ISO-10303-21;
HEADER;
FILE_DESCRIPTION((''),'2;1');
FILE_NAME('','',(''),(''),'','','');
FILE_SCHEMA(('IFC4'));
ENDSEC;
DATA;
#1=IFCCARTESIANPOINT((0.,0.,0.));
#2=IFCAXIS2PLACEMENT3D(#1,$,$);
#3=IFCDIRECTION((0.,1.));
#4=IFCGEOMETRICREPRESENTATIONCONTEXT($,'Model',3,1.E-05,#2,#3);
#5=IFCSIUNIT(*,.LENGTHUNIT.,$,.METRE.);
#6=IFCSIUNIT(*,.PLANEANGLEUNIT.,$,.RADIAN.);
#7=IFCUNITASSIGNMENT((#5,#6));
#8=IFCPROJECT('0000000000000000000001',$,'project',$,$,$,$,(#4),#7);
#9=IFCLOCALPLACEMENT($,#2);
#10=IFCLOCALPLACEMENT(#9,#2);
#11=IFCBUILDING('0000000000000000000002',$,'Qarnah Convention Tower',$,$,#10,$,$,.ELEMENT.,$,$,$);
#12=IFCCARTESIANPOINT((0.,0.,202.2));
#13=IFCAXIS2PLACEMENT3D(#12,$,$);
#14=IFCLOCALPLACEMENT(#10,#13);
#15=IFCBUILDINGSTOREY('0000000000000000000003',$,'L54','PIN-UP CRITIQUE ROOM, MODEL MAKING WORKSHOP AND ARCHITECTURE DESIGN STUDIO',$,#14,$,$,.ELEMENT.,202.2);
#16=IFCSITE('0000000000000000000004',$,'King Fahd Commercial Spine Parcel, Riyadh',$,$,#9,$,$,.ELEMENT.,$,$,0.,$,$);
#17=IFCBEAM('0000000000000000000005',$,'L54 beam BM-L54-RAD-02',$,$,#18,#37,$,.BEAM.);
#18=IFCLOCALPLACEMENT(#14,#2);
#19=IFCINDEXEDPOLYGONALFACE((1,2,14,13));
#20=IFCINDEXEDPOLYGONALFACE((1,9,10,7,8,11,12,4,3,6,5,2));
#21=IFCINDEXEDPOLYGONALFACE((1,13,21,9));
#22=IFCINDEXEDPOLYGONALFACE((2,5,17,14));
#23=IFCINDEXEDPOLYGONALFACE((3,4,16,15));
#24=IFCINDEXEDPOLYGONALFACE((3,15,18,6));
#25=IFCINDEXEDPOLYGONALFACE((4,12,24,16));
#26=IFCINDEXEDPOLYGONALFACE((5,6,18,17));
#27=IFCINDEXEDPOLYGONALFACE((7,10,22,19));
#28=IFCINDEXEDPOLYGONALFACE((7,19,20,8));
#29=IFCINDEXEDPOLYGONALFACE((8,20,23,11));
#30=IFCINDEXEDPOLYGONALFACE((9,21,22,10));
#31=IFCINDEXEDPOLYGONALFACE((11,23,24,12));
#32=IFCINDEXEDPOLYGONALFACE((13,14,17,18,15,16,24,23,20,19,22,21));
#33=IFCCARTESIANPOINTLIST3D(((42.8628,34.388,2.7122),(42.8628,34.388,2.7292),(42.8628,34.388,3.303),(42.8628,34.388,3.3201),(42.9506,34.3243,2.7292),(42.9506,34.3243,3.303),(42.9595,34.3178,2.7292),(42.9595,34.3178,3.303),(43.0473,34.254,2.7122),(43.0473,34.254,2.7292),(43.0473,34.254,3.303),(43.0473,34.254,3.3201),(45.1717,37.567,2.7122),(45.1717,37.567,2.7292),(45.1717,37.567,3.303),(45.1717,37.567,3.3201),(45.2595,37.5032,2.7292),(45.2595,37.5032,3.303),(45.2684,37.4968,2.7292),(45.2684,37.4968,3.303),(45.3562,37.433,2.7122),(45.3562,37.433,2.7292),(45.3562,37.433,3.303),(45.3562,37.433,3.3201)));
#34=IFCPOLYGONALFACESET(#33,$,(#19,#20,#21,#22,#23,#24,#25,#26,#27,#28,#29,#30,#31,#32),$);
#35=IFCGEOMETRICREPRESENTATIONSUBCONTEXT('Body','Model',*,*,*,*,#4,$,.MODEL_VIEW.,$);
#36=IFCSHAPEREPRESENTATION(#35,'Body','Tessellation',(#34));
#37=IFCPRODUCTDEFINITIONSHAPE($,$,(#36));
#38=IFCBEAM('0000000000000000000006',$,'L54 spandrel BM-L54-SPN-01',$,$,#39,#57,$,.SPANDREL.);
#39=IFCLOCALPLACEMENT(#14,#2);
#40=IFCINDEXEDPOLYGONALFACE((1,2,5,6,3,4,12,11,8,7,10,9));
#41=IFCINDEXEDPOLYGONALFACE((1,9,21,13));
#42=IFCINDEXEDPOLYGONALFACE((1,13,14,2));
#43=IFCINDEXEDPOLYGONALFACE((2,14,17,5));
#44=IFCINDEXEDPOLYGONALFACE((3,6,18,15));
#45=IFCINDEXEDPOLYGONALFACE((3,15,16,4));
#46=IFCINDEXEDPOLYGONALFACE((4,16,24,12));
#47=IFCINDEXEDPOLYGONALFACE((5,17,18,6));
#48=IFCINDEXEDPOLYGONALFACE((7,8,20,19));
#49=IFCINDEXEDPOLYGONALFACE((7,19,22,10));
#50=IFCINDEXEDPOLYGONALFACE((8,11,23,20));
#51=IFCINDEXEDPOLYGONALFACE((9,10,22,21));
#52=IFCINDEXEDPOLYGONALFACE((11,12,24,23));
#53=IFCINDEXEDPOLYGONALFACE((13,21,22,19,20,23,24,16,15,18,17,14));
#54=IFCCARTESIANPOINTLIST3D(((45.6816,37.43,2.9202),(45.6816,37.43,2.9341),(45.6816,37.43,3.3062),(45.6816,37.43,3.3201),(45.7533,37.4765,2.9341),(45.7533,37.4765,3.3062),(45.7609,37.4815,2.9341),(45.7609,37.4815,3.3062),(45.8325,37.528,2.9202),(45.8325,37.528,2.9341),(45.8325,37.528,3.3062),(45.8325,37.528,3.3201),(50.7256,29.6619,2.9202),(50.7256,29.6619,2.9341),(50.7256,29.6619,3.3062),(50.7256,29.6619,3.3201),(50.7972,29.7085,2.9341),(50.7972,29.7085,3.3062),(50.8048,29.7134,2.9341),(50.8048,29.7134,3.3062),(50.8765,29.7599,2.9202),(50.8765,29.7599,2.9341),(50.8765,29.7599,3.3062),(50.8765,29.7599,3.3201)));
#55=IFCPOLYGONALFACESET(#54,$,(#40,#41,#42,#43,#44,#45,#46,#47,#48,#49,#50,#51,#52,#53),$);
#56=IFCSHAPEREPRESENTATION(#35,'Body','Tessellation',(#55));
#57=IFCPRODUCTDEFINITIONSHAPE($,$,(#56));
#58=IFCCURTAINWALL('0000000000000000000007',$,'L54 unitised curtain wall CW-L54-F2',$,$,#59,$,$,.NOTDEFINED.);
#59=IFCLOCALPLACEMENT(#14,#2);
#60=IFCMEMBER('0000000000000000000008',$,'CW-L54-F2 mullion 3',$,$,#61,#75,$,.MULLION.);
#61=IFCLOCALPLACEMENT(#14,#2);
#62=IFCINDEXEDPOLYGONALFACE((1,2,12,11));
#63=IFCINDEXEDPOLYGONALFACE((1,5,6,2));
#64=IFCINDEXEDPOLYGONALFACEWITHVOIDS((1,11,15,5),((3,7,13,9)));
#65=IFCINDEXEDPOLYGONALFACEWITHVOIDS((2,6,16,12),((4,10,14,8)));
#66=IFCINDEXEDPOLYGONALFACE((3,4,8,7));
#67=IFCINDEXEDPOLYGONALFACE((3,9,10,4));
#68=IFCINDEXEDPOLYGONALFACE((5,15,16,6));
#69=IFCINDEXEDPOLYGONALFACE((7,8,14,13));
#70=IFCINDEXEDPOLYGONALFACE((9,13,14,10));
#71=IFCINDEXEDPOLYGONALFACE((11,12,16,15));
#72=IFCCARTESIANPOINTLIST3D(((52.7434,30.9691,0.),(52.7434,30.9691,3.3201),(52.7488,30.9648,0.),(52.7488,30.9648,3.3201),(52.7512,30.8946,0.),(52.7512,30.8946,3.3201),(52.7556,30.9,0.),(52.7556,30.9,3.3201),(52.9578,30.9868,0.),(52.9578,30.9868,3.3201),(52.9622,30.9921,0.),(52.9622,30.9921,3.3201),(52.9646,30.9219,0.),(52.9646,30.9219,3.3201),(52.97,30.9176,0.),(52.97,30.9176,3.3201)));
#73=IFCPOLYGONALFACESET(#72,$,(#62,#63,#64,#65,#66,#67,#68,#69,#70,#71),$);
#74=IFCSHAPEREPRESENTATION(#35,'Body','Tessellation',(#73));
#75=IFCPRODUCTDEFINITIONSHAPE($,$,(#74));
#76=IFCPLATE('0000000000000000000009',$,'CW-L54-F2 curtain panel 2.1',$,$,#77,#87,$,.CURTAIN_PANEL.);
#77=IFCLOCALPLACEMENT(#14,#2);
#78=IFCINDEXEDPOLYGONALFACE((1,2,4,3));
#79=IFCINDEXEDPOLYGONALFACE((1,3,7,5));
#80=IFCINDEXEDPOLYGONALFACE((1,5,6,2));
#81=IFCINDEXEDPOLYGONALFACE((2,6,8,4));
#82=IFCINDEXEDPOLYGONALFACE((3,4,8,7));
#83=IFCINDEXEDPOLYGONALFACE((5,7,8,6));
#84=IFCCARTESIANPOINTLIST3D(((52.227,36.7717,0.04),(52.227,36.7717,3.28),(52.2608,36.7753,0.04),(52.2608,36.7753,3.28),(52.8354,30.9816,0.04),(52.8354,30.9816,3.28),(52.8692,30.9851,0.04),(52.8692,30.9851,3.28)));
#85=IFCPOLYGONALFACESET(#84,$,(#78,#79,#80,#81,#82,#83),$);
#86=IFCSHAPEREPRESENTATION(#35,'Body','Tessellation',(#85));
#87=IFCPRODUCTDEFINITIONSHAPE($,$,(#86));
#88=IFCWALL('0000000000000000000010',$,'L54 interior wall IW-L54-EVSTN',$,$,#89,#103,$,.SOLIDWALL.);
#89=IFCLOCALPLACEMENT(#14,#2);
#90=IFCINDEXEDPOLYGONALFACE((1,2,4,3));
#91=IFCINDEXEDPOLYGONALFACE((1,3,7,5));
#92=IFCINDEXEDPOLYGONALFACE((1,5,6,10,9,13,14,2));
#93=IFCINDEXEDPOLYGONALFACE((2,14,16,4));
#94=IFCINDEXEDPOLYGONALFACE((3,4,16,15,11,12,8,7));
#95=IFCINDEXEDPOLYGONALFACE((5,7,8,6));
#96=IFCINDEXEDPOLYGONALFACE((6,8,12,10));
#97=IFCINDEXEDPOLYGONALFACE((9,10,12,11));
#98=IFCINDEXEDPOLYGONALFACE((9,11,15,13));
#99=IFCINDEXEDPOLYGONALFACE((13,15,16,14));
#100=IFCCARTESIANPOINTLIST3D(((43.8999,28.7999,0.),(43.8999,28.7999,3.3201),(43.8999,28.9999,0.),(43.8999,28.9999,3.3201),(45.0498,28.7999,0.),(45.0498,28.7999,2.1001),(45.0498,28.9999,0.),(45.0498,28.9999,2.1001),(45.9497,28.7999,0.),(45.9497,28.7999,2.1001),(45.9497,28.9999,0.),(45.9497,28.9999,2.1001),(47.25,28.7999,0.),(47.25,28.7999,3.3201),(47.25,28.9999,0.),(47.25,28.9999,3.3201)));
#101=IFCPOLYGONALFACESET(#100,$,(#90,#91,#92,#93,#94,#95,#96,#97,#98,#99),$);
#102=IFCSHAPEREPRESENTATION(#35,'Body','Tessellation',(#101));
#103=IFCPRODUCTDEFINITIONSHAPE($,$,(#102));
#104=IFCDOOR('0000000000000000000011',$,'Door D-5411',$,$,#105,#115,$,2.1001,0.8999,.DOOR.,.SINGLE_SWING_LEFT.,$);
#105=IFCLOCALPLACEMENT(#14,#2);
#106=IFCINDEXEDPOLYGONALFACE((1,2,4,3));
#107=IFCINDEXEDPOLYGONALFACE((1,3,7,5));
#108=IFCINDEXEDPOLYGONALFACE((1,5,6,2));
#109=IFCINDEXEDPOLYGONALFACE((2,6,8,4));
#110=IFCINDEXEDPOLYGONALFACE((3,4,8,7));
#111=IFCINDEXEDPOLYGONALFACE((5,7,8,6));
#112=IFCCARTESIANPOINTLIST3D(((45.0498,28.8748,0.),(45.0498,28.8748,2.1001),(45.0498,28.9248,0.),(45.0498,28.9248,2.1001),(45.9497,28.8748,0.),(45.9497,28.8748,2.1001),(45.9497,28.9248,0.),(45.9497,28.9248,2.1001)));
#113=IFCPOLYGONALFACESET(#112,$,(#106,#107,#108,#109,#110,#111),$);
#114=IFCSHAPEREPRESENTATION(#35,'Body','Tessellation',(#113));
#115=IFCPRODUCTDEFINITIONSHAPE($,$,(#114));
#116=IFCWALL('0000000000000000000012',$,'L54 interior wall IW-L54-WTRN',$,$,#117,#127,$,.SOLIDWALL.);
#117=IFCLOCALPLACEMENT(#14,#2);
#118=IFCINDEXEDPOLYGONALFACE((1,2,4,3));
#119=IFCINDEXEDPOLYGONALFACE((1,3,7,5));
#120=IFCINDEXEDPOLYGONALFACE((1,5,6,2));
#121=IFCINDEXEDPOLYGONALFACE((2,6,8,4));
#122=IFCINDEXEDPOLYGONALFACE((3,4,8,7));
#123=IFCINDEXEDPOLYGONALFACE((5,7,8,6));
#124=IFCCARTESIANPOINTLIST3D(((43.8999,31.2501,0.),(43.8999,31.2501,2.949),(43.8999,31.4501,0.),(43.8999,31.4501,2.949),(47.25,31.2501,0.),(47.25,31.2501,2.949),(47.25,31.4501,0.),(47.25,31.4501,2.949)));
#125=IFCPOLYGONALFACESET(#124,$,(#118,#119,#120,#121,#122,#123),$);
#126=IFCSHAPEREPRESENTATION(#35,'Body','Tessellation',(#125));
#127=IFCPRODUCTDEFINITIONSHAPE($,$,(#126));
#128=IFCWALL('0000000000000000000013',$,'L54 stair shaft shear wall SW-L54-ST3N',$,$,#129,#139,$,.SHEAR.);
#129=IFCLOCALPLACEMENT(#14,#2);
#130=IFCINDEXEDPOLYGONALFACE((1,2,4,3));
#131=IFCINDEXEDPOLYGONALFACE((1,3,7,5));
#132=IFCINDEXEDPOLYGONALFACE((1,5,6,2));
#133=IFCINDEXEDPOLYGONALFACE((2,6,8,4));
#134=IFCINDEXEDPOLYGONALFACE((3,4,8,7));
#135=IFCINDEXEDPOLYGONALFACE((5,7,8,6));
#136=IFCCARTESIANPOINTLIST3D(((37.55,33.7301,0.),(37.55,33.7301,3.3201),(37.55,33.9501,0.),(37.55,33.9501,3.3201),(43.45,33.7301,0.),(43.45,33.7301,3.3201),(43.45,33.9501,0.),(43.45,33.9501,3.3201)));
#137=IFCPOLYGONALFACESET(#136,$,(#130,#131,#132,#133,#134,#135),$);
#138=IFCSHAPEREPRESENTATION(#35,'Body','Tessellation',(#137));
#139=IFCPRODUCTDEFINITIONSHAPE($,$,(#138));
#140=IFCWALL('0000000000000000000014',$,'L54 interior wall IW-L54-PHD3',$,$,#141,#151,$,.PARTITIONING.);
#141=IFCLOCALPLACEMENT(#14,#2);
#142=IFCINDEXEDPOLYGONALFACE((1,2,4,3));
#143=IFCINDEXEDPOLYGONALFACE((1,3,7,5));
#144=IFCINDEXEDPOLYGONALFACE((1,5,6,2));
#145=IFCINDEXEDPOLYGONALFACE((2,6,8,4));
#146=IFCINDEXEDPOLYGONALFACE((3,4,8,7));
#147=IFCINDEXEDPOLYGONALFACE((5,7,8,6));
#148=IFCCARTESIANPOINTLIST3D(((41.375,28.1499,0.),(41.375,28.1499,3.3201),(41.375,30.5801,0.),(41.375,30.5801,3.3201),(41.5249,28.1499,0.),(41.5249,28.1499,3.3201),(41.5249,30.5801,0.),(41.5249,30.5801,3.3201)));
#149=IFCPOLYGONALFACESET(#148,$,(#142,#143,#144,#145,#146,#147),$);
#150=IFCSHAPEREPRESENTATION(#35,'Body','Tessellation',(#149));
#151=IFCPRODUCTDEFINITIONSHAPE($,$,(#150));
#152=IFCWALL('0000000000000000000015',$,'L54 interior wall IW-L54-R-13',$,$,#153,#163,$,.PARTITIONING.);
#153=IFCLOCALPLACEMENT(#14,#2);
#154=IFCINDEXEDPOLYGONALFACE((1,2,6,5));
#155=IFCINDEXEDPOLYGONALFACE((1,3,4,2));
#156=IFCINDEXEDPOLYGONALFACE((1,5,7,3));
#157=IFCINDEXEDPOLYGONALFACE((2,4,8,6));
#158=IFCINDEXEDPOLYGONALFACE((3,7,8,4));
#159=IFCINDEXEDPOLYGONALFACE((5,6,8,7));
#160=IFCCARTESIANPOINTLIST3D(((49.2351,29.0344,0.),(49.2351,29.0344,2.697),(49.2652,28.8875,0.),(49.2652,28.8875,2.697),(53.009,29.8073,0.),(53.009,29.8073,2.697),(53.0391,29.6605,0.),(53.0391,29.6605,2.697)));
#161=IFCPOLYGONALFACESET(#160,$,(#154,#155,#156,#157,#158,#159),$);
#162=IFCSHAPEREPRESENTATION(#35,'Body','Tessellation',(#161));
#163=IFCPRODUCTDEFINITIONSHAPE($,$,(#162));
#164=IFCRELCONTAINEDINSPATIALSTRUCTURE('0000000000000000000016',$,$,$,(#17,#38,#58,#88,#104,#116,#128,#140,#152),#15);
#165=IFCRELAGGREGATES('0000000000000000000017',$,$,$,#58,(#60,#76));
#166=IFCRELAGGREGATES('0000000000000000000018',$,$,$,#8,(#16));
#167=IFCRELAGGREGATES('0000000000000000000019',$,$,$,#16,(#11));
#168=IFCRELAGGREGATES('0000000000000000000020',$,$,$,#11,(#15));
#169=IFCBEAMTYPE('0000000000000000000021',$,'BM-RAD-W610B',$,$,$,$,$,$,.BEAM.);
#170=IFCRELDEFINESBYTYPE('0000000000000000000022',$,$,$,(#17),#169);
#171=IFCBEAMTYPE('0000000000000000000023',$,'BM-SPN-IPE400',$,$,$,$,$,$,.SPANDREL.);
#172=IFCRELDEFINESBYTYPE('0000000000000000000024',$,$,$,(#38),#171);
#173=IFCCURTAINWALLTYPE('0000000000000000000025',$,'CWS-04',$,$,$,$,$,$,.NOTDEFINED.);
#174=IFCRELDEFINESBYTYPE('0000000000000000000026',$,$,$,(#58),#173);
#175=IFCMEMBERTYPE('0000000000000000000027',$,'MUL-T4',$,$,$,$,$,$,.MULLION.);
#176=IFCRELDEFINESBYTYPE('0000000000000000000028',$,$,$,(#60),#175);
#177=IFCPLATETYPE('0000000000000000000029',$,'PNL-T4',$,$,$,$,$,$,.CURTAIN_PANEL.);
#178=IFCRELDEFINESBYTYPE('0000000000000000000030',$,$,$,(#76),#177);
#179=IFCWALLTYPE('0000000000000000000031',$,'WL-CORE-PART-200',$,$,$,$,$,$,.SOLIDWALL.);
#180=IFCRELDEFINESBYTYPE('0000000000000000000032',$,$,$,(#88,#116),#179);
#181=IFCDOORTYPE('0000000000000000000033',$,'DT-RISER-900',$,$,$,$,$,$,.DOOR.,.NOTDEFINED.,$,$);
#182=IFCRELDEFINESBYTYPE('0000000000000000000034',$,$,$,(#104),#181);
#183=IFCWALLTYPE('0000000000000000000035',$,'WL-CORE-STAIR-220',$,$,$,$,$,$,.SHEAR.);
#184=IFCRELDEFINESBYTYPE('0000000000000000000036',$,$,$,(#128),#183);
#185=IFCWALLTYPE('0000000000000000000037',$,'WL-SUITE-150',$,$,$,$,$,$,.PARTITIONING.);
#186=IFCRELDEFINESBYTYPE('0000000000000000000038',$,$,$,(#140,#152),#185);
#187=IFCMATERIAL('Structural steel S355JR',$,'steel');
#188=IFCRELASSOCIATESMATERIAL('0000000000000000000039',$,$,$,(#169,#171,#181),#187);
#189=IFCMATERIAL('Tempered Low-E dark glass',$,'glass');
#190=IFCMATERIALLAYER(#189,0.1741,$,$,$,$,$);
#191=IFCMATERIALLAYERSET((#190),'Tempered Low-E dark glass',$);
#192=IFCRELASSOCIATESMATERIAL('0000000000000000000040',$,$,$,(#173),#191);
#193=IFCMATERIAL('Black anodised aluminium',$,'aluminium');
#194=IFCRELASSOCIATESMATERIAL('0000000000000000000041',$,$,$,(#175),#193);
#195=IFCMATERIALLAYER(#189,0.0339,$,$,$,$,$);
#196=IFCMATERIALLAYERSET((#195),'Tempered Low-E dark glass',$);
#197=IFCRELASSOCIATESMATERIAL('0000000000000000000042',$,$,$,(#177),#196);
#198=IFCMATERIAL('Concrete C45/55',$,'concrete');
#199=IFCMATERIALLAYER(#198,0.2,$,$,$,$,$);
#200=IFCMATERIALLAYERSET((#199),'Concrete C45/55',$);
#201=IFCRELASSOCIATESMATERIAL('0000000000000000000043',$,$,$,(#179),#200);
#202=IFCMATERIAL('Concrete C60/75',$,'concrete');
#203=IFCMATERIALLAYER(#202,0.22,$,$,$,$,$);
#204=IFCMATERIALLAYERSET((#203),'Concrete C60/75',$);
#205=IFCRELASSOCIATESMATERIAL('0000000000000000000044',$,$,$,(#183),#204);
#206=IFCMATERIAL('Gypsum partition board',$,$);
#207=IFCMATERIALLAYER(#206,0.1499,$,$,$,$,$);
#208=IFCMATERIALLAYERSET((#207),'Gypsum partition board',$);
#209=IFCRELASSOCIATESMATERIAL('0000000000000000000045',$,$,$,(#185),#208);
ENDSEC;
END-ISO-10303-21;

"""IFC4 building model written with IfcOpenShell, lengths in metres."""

from ifc_helpers import new_model, si_unit, direction, frame, frame_2d, origin, origin_2d, place, context, subcontext, project, spatial, rectangle, hollow_rectangle, i_section, extrude, material, layer, layer_set, material_profile, profile_set, type_object, element, fill, aggregate, save


model = new_model("IFC4")

# Units and contexts
model_context = context("Model", 3, precision=1e-05, world=origin(), true_north=direction((0.0, 1.0)))
body_context = subcontext(model_context, "Body", "Model", "MODEL_VIEW")
ifc_project = project(units=[si_unit("LENGTHUNIT", "METRE"), si_unit("PLANEANGLEUNIT", "RADIAN")], contexts=[model_context])

# Site, building, storey
site_placement = place(None, origin())
site = spatial("IfcSite", under=ifc_project, at=site_placement, Name="King Fahd Commercial Spine Parcel, Riyadh", CompositionType="ELEMENT", RefElevation=0.0)
building_placement = place(site_placement, origin())
building = spatial("IfcBuilding", under=site, at=building_placement, Name="Qarnah Convention Tower", CompositionType="ELEMENT")
storey_placement = place(building_placement, frame((0.0, 0.0, 202.2)))
storey = spatial("IfcBuildingStorey", under=building, at=storey_placement, Name="L54", Description="PIN-UP CRITIQUE ROOM, MODEL MAKING WORKSHOP AND ARCHITECTURE DESIGN STUDIO", CompositionType="ELEMENT", Elevation=202.2)

# Beams
ifc_material_1 = material(Name="Structural steel S355JR", Category="steel")
ifc_material_profile_1 = material_profile(ifc_material_1, i_section(OverallWidth=0.228, OverallDepth=0.6079, WebThickness=0.011, FlangeThickness=0.0171, at=origin_2d()), Name="W610X113")
ifc_profile_set_1 = profile_set([ifc_material_profile_1], Name="Structural steel S355JR")
beam_type_1 = type_object("IfcBeamType", Name="BM-RAD-W610B", PredefinedType="BEAM", material=ifc_profile_set_1)
beam_1_placement = place(storey_placement, frame((42.9551, 34.321, 3.0161), z_axis=(0.587651, 0.809115, 0.0), x_axis=(-0.809115, 0.587651, 0.0)))
element("IfcBeam", 1, at=beam_1_placement, inside=storey, type_object=beam_type_1, Name="L54 beam BM-L54-RAD-02", PredefinedType="BEAM", context=body_context, shape_type="SweptSolid", body=[
    extrude(i_section(OverallWidth=0.228, OverallDepth=0.6079, WebThickness=0.011, FlangeThickness=0.0171, at=origin_2d()), origin(), (0.0, 0.0, 1.0), 3.929),
])
ifc_material_profile_2 = material_profile(ifc_material_1, i_section(OverallWidth=0.1799, OverallDepth=0.3999, WebThickness=0.009, FlangeThickness=0.0139, at=origin_2d()), Name="IPE400")
ifc_profile_set_2 = profile_set([ifc_material_profile_2], Name="Structural steel S355JR")
beam_type_2 = type_object("IfcBeamType", Name="BM-SPN-IPE400", PredefinedType="SPANDREL", material=ifc_profile_set_2)
beam_2_placement = place(storey_placement, frame((50.801, 29.7109, 3.1201), z_axis=(-0.544586, 0.838705, 0.0), x_axis=(-0.838705, -0.544586, 0.0)))
element("IfcBeam", 2, at=beam_2_placement, inside=storey, type_object=beam_type_2, Name="L54 spandrel BM-L54-SPN-01", PredefinedType="SPANDREL", context=body_context, shape_type="SweptSolid", body=[
    extrude(i_section(OverallWidth=0.1799, OverallDepth=0.3999, WebThickness=0.009, FlangeThickness=0.0139, at=origin_2d()), origin(), (0.0, 0.0, 1.0), 9.262),
])

# Curtain wall, member, plate
ifc_material_2 = material(Name="Tempered Low-E dark glass", Category="glass")
ifc_layer_1 = layer(ifc_material_2, 0.1741)
ifc_layer_set_1 = layer_set([ifc_layer_1], Name="Tempered Low-E dark glass")
curtain_wall_type = type_object("IfcCurtainWallType", Name="CWS-04", PredefinedType="NOTDEFINED", material=ifc_layer_set_1)
curtain_wall_placement = place(storey_placement, origin())
curtain_wall = element("IfcCurtainWall", 3, at=curtain_wall_placement, inside=storey, type_object=curtain_wall_type, Name="L54 unitised curtain wall CW-L54-F2", PredefinedType="NOTDEFINED")
ifc_material_3 = material(Name="Black anodised aluminium", Category="aluminium")
ifc_material_profile_3 = material_profile(ifc_material_3, hollow_rectangle(XDim=0.075, YDim=0.22, WallThickness=0.0049, at=origin_2d()), Name="MUL-75X220")
ifc_profile_set_3 = profile_set([ifc_material_profile_3], Name="Black anodised aluminium")
member_type = type_object("IfcMemberType", Name="MUL-T4", PredefinedType="MULLION", material=ifc_profile_set_3)
member_placement = place(storey_placement, frame((52.8567, 30.9434, 0.0), z_axis=(0.0, 0.0, 1.0), x_axis=(0.104505, -0.994524, 0.0)))
member = element("IfcMember", 4, at=member_placement, type_object=member_type, Name="CW-L54-F2 mullion 3", PredefinedType="MULLION", context=body_context, shape_type="SweptSolid", body=[
    extrude(hollow_rectangle(XDim=0.075, YDim=0.22, WallThickness=0.0049, at=origin_2d()), origin(), (0.0, 0.0, 1.0), 3.3201),
])
ifc_layer_2 = layer(ifc_material_2, 0.0339)
ifc_layer_set_2 = layer_set([ifc_layer_2], Name="Tempered Low-E dark glass")
plate_type = type_object("IfcPlateType", Name="PNL-T4", PredefinedType="CURTAIN_PANEL", material=ifc_layer_set_2)
plate_placement = place(storey_placement, frame((52.5481, 33.8784, 0.04), z_axis=(0.0, 0.0, 1.0), x_axis=(0.104505, -0.994524, 0.0)))
plate = element("IfcPlate", 5, at=plate_placement, type_object=plate_type, Name="CW-L54-F2 curtain panel 2.1", PredefinedType="CURTAIN_PANEL", context=body_context, shape_type="SweptSolid", body=[
    extrude(rectangle(XDim=5.822, YDim=0.0339, at=origin_2d()), origin(), (0.0, 0.0, 1.0), 3.24),
])
aggregate(curtain_wall, [member, plate])

# Wall, opening, door
ifc_material_4 = material(Name="Concrete C45/55", Category="concrete")
ifc_layer_3 = layer(ifc_material_4, 0.2)
ifc_layer_set_3 = layer_set([ifc_layer_3], Name="Concrete C45/55")
wall_type_1 = type_object("IfcWallType", Name="WL-CORE-PART-200", PredefinedType="SOLIDWALL", material=ifc_layer_set_3)
wall_1_placement = place(storey_placement, frame((43.8999, 28.8999, 0.0), z_axis=(0.0, 0.0, 1.0), x_axis=(1.0, 0.0, 0.0)))
wall_1 = element("IfcWall", 6, at=wall_1_placement, inside=storey, type_object=wall_type_1, Name="L54 interior wall IW-L54-EVSTN", PredefinedType="SOLIDWALL", context=body_context, shape_type="SweptSolid", body=[
    extrude(rectangle(XDim=3.3501, YDim=0.2, at=frame_2d((1.675, 0.0))), origin(), (0.0, 0.0, 1.0), 3.3201),
])
opening_1_placement = place(wall_1_placement, frame((1.1499, 0.0, 0.0)))
opening_1 = element("IfcOpeningElement", 7, at=opening_1_placement, cuts=wall_1, PredefinedType="OPENING", context=body_context, shape_type="SweptSolid", body=[
    extrude(rectangle(XDim=0.8999, YDim=2.1001, at=frame_2d((0.45, 1.05))), frame((0.0, 0.1099, 0.0), z_axis=(0.0, -1.0, 0.0), x_axis=(1.0, 0.0, 0.0)), (0.0, 0.0, 1.0), 0.22),
])
door_type_1 = type_object("IfcDoorType", Name="DT-RISER-900", OperationType="NOTDEFINED", PredefinedType="DOOR", material=ifc_material_1)
door_1_placement = place(opening_1_placement, origin())
door_1 = element("IfcDoor", 8, at=door_1_placement, inside=storey, type_object=door_type_1, Name="Door D-5411", OperationType="SINGLE_SWING_LEFT", OverallHeight=2.1001, OverallWidth=0.8999, PredefinedType="DOOR", context=body_context, shape_type="SweptSolid", body=[
    extrude(rectangle(XDim=0.8999, YDim=2.1001, at=frame_2d((0.45, 1.05))), frame((0.0, 0.0249, 0.0), z_axis=(0.0, -1.0, 0.0), x_axis=(1.0, 0.0, 0.0)), (0.0, 0.0, 1.0), 0.05),
])
fill(opening_1, door_1)

# Walls
wall_2_placement = place(storey_placement, frame((43.8999, 31.3501, 0.0), z_axis=(0.0, 0.0, 1.0), x_axis=(1.0, 0.0, 0.0)))
element("IfcWall", 9, at=wall_2_placement, inside=storey, type_object=wall_type_1, Name="L54 interior wall IW-L54-WTRN", PredefinedType="SOLIDWALL", context=body_context, shape_type="SweptSolid", body=[
    extrude(rectangle(XDim=3.3501, YDim=0.2, at=frame_2d((1.675, 0.0))), origin(), (0.0, 0.0, 1.0), 2.949),
])
ifc_material_5 = material(Name="Concrete C60/75", Category="concrete")
ifc_layer_4 = layer(ifc_material_5, 0.22)
ifc_layer_set_4 = layer_set([ifc_layer_4], Name="Concrete C60/75")
wall_type_2 = type_object("IfcWallType", Name="WL-CORE-STAIR-220", PredefinedType="SHEAR", material=ifc_layer_set_4)
wall_3_placement = place(storey_placement, frame((37.55, 33.8401, 0.0), z_axis=(0.0, 0.0, 1.0), x_axis=(1.0, 0.0, 0.0)))
element("IfcWall", 10, at=wall_3_placement, inside=storey, type_object=wall_type_2, Name="L54 stair shaft shear wall SW-L54-ST3N", PredefinedType="SHEAR", context=body_context, shape_type="SweptSolid", body=[
    extrude(rectangle(XDim=5.8999, YDim=0.22, at=frame_2d((2.95, 0.0))), origin(), (0.0, 0.0, 1.0), 3.3201),
])
ifc_material_6 = material(Name="Gypsum partition board")
ifc_layer_5 = layer(ifc_material_6, 0.1499)
ifc_layer_set_5 = layer_set([ifc_layer_5], Name="Gypsum partition board")
wall_type_3 = type_object("IfcWallType", Name="WL-SUITE-150", PredefinedType="PARTITIONING", material=ifc_layer_set_5)
wall_4_placement = place(storey_placement, frame((41.45, 28.1499, 0.0), z_axis=(0.0, 0.0, 1.0), x_axis=(0.0, 1.0, 0.0)))
element("IfcWall", 11, at=wall_4_placement, inside=storey, type_object=wall_type_3, Name="L54 interior wall IW-L54-PHD3", PredefinedType="PARTITIONING", context=body_context, shape_type="SweptSolid", body=[
    extrude(rectangle(XDim=2.4302, YDim=0.1499, at=frame_2d((1.2151, 0.0))), origin(), (0.0, 0.0, 1.0), 3.3201),
])

# Wall
wall_5_placement = place(storey_placement, frame((49.25, 28.9609, 0.0), z_axis=(0.0, 0.0, 1.0), x_axis=(0.979663, 0.200648, 0.0)))
element("IfcWall", 12, at=wall_5_placement, inside=storey, type_object=wall_type_3, Name="L54 interior wall IW-L54-R-13", PredefinedType="PARTITIONING", context=body_context, shape_type="SweptSolid", body=[
    extrude(rectangle(XDim=3.8523, YDim=0.1499, at=frame_2d((1.9263, 0.0))), origin(), (0.0, 0.0, 1.0), 2.697),
])

save(model, "model.ifc")
